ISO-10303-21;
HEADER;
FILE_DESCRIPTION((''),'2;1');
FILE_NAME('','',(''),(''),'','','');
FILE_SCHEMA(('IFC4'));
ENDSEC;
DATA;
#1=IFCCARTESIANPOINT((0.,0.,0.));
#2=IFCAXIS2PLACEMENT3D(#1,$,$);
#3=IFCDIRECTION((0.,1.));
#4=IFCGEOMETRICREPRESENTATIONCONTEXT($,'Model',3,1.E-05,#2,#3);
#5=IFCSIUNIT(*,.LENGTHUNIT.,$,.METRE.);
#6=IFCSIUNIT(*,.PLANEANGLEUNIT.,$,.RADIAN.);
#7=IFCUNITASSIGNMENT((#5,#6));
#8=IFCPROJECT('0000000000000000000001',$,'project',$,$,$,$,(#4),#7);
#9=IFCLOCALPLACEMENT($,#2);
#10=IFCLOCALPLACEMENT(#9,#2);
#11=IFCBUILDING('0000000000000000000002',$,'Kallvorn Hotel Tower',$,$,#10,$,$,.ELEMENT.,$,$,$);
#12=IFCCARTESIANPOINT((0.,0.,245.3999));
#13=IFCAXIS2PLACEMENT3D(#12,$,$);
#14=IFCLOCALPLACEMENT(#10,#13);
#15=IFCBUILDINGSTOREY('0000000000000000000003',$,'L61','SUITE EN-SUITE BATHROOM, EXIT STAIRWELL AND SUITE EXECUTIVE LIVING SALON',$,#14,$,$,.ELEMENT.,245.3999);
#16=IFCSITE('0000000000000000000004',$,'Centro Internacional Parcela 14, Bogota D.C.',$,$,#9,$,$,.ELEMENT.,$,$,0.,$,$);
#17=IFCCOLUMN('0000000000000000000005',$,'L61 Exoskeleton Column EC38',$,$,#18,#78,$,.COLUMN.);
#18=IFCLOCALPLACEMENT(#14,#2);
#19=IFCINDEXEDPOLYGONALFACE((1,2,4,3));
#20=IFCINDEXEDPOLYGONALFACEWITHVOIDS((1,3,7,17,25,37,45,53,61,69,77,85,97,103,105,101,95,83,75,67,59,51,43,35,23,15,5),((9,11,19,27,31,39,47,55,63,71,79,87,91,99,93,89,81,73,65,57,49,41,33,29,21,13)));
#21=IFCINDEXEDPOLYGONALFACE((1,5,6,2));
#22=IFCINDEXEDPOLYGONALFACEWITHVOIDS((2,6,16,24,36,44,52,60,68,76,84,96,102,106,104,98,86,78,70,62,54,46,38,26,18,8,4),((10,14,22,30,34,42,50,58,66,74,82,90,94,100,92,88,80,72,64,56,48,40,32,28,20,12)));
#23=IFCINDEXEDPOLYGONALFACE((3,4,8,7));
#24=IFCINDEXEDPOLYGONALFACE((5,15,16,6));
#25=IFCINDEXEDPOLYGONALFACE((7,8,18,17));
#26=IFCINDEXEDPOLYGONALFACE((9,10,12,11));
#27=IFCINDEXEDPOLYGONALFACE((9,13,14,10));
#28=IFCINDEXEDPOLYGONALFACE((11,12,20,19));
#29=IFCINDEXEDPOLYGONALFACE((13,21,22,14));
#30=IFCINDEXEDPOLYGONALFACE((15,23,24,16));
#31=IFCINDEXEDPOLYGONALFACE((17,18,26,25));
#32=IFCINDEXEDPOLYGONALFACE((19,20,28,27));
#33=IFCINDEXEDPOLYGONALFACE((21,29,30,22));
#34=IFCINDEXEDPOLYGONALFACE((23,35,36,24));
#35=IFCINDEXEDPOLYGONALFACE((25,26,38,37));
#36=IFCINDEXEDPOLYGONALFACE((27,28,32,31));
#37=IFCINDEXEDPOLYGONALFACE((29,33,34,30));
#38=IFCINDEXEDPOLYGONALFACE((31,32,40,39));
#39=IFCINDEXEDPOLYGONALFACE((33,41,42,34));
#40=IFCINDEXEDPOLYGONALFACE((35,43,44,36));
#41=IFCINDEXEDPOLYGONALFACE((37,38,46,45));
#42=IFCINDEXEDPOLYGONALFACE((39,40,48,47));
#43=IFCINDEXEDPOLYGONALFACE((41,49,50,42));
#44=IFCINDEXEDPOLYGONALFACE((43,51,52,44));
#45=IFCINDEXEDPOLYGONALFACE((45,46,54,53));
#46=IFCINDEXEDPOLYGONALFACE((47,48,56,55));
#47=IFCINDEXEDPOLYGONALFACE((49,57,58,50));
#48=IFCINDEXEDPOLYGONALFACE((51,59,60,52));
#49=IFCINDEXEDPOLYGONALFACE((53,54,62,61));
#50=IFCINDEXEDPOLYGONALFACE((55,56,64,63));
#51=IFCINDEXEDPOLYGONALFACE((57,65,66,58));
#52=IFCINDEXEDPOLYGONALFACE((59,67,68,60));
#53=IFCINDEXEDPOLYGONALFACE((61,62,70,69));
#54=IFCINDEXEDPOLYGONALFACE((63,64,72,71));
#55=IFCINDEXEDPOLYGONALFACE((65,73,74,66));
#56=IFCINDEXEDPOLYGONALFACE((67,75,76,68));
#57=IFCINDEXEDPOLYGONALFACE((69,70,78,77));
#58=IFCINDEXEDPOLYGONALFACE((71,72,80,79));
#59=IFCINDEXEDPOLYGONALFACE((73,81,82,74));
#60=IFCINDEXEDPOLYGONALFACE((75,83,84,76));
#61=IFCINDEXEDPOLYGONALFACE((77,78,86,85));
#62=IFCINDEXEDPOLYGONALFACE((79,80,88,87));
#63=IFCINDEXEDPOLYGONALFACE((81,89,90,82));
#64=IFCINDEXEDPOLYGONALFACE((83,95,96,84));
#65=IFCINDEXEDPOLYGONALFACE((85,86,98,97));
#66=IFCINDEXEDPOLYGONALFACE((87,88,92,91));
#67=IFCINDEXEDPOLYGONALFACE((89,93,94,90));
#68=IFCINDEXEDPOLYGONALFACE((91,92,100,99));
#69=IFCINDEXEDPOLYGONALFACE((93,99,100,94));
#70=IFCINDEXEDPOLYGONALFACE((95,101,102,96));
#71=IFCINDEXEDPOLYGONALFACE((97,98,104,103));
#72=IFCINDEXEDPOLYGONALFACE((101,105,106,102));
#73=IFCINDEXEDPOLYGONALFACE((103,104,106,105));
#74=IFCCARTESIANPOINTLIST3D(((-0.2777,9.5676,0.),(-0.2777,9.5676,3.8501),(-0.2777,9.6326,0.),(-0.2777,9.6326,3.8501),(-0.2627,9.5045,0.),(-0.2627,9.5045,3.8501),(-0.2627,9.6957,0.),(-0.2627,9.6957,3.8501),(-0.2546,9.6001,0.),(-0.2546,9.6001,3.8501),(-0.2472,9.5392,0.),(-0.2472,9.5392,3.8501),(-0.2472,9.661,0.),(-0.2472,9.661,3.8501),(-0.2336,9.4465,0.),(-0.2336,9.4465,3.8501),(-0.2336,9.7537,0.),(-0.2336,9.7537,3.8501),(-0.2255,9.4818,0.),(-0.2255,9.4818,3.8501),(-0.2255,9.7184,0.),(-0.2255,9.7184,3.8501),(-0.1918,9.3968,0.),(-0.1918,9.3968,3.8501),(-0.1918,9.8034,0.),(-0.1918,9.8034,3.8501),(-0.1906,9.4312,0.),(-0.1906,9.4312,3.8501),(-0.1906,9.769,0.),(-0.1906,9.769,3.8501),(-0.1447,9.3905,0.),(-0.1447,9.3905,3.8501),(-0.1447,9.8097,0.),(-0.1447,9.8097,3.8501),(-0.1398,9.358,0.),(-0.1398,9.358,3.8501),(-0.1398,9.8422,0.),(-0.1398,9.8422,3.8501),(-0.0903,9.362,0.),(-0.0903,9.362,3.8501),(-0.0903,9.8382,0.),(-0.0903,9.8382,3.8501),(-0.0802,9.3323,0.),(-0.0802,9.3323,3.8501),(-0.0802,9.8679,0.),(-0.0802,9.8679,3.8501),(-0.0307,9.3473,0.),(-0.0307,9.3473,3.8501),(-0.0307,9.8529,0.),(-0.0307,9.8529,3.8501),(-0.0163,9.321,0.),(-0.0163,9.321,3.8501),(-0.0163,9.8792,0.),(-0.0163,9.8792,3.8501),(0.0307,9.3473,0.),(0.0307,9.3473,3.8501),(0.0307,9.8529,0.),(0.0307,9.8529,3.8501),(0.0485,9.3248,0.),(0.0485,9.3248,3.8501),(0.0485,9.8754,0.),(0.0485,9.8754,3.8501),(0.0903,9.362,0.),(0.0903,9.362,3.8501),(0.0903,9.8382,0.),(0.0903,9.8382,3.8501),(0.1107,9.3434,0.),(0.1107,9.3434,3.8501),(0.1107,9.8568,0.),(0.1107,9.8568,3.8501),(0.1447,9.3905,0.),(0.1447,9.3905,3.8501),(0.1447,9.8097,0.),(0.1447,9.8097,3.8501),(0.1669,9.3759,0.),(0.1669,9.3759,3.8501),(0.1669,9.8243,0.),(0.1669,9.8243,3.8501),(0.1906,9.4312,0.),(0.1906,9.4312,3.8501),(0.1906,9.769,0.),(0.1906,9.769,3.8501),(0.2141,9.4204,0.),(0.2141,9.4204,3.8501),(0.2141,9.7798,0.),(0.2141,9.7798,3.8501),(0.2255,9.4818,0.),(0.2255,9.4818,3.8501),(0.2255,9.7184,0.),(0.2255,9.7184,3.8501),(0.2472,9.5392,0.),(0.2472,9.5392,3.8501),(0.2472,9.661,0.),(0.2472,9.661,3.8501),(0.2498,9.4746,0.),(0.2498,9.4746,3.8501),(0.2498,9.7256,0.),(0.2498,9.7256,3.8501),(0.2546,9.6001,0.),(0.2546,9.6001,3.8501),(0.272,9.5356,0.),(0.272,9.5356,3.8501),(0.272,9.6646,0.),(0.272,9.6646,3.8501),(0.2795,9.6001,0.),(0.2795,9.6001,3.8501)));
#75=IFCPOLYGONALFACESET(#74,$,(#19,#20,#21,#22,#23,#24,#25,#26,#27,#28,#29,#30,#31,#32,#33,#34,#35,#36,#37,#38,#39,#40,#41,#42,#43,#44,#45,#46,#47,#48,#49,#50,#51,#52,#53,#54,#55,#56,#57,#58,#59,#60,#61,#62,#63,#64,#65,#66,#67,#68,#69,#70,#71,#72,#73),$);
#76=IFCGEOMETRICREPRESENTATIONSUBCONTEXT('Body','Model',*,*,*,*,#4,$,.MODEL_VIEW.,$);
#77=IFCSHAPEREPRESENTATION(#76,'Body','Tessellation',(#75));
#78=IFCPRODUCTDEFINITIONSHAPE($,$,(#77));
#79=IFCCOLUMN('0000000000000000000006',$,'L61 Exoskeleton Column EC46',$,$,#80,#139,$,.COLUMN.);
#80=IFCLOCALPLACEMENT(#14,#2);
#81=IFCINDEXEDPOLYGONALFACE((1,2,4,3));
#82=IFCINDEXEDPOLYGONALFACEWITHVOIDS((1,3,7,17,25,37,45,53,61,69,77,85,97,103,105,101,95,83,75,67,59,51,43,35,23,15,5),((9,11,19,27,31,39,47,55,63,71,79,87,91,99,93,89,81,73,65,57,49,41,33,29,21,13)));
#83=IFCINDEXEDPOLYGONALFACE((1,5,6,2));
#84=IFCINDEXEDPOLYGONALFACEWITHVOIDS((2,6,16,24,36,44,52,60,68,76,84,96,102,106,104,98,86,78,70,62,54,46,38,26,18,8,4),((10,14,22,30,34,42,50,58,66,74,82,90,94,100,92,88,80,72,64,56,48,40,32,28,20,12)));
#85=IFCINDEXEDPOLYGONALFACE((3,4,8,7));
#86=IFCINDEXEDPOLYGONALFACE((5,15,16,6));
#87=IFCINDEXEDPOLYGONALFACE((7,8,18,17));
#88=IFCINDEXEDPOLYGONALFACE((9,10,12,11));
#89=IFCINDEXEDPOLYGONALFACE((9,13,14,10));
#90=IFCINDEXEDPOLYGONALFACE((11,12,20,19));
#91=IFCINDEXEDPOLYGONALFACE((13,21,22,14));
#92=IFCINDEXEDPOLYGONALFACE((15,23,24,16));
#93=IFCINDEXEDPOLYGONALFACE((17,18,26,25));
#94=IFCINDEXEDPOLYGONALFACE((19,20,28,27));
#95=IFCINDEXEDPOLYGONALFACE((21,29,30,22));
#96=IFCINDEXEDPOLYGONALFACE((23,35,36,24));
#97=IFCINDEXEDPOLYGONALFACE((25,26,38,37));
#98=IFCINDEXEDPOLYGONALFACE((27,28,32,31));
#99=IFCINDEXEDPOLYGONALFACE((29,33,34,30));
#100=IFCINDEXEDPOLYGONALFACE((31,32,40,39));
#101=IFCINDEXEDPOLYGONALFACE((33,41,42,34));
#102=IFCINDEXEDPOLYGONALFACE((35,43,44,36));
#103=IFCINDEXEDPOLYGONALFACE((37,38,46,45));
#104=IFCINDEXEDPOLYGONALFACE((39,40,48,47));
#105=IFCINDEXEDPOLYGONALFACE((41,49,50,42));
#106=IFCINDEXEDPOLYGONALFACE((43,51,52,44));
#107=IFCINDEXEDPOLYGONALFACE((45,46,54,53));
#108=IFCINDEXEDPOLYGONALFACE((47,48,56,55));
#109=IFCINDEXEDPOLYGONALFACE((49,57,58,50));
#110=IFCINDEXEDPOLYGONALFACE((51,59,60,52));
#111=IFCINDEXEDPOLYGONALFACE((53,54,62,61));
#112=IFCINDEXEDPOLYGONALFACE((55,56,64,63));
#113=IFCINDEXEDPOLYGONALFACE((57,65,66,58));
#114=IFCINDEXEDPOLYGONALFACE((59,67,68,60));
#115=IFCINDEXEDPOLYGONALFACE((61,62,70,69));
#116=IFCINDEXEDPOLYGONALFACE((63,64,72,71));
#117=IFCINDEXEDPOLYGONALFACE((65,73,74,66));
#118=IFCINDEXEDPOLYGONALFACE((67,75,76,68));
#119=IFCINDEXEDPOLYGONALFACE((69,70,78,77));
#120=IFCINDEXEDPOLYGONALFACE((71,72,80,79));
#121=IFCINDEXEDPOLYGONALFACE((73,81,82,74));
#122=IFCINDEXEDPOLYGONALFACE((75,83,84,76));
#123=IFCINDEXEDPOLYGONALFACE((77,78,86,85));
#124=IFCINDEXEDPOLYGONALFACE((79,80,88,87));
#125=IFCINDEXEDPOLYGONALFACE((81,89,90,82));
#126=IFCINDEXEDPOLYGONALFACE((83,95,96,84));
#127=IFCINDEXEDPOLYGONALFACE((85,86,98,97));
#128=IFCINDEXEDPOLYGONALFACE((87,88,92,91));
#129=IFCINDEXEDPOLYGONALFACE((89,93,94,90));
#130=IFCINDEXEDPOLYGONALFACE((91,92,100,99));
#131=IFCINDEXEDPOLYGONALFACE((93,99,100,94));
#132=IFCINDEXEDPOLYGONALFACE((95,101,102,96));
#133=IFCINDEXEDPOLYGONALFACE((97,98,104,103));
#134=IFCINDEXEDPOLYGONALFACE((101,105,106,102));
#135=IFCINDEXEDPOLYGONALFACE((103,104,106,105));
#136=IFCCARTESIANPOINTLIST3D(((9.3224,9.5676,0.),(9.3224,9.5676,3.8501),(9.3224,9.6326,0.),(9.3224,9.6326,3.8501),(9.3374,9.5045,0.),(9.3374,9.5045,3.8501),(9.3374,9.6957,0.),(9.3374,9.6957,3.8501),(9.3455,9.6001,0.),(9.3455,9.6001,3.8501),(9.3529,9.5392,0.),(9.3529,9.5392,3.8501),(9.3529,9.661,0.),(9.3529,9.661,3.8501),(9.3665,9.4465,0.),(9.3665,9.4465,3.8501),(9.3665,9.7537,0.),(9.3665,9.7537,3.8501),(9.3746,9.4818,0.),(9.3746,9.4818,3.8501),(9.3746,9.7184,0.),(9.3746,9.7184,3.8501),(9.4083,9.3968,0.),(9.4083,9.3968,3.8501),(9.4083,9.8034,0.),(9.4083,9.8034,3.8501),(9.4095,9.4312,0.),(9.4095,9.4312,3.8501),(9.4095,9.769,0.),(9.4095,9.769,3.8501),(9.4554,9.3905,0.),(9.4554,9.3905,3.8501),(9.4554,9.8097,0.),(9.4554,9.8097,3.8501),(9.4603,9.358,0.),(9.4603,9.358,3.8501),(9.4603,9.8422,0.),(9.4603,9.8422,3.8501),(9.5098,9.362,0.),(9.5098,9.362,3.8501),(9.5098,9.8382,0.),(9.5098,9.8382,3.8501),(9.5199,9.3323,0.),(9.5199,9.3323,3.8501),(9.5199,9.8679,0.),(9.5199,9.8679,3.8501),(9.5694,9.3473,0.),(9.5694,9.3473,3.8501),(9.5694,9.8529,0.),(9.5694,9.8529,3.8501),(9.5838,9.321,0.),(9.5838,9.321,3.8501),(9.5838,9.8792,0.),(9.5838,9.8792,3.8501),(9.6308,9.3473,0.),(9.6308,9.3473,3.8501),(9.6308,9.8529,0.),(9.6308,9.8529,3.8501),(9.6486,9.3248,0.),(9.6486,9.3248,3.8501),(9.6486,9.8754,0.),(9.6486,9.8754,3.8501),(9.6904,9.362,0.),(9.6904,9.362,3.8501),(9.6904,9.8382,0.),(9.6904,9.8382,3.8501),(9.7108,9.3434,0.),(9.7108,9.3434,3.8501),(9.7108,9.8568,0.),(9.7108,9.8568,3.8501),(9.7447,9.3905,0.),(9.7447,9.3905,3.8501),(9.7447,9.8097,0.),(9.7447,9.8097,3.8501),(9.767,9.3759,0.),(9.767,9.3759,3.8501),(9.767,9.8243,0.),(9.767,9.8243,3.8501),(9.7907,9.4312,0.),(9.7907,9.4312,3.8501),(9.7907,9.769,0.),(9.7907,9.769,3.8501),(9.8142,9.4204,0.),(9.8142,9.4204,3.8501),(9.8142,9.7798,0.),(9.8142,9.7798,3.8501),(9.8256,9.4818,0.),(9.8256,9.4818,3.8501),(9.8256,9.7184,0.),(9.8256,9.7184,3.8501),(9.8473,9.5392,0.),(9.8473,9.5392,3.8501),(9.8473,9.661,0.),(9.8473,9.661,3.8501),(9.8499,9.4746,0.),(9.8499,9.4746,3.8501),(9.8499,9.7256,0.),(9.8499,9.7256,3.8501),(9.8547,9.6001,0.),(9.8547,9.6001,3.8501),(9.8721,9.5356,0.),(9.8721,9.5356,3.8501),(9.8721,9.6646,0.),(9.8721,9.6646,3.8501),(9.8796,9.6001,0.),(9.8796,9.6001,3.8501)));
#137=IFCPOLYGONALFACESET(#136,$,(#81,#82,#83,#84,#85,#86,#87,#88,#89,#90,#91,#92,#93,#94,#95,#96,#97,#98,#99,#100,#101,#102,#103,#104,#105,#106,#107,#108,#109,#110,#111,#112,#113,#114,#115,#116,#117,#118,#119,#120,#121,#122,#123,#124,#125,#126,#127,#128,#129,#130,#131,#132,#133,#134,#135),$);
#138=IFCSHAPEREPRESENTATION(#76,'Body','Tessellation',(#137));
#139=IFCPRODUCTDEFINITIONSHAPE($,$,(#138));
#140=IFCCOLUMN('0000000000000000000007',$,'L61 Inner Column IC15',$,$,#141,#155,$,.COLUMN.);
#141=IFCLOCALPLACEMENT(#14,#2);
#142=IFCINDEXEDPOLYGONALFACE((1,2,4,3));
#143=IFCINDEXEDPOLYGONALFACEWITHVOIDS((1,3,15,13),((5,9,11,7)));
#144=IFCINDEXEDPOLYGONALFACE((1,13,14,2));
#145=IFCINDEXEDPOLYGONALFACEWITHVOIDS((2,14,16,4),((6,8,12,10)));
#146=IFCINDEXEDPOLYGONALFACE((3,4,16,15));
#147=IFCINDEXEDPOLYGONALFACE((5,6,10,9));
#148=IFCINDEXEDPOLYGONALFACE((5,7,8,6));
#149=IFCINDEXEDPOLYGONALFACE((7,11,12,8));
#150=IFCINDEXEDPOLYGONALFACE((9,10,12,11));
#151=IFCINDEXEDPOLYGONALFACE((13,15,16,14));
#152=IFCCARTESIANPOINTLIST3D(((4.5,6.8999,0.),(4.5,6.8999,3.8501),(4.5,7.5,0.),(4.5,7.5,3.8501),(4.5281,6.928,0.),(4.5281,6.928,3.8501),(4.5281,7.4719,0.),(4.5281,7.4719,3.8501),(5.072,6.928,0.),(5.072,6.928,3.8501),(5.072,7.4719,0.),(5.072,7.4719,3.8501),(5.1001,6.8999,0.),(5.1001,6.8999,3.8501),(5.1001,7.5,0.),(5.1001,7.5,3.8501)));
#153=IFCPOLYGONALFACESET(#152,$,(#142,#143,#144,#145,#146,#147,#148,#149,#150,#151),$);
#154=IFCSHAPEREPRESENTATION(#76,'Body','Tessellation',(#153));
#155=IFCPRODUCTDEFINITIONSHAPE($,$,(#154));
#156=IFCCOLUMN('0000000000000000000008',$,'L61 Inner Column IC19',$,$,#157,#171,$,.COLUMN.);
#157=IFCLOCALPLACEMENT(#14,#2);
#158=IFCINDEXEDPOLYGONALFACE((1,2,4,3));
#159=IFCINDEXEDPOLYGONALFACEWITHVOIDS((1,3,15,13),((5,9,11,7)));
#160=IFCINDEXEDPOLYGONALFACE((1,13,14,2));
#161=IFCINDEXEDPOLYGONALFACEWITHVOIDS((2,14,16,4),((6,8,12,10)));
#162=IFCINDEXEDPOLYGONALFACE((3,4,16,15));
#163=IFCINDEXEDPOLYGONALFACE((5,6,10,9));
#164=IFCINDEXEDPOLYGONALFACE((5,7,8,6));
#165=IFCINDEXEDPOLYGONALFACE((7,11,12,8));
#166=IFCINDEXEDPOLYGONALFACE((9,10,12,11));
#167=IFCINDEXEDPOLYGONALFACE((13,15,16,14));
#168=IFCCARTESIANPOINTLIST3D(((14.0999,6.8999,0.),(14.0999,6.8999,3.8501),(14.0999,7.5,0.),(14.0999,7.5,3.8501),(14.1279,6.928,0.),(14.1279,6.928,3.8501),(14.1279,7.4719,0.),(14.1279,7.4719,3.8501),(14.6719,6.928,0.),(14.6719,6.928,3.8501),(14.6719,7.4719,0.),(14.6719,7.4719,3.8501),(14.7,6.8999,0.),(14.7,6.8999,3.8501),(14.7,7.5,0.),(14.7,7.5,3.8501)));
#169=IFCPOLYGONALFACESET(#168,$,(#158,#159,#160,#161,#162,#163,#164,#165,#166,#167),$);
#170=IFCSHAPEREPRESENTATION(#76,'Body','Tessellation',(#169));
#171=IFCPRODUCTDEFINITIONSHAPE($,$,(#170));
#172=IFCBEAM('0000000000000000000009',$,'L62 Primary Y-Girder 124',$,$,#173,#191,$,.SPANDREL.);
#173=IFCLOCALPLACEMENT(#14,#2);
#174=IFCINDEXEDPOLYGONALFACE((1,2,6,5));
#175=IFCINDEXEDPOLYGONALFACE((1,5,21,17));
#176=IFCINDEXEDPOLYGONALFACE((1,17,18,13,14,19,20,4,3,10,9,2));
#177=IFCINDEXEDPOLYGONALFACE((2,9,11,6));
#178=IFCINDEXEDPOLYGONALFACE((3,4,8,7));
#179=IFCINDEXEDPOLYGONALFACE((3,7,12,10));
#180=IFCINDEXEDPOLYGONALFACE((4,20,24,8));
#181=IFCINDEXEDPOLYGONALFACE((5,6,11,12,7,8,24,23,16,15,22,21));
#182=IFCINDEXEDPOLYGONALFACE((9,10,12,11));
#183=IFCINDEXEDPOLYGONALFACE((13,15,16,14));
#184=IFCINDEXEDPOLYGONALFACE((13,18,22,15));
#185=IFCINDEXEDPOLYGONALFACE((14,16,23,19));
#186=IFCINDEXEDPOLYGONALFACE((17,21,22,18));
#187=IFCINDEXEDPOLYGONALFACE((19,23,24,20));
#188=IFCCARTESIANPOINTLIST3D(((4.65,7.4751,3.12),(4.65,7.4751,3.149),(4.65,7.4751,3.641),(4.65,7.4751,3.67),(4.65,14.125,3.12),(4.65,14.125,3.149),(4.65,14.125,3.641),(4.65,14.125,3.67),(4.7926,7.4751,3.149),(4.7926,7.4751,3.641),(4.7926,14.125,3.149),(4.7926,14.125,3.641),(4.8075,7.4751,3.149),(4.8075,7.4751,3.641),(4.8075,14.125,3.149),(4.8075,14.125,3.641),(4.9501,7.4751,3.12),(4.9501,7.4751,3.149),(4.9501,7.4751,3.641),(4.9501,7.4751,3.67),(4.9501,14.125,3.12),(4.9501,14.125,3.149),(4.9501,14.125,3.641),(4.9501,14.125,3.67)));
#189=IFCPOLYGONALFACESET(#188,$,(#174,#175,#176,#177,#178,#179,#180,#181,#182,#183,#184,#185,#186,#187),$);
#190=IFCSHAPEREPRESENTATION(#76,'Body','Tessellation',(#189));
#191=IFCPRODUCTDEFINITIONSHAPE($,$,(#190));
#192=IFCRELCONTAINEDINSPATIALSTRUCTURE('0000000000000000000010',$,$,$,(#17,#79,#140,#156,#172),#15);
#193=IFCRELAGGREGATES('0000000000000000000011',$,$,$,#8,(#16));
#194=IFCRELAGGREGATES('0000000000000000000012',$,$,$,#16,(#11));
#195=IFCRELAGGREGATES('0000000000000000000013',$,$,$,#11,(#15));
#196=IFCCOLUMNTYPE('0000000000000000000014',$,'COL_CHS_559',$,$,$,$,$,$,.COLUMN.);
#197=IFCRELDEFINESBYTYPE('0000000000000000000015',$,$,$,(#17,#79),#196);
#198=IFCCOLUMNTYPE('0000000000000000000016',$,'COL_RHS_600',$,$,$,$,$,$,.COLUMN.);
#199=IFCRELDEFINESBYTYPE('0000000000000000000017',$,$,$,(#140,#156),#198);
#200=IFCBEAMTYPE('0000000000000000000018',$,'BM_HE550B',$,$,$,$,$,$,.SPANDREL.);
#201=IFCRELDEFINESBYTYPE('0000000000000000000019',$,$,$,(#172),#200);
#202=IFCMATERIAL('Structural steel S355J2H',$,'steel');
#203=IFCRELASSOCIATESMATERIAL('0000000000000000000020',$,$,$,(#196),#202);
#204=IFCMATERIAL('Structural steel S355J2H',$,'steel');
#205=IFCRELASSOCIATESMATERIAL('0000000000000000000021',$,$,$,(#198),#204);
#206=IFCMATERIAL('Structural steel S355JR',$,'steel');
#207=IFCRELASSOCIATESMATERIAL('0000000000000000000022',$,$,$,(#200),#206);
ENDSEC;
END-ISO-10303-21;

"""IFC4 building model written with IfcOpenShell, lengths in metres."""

from ifc_helpers import new_model, si_unit, direction, frame, origin, origin_2d, place, context, subcontext, project, spatial, hollow_rectangle, hollow_circle, i_section, extrude, material, material_profile, profile_set, type_object, element, save


model = new_model("IFC4")

# Units and contexts
model_context = context("Model", 3, precision=1e-05, world=origin(), true_north=direction((0.0, 1.0)))
body_context = subcontext(model_context, "Body", "Model", "MODEL_VIEW")
ifc_project = project(units=[si_unit("LENGTHUNIT", "METRE"), si_unit("PLANEANGLEUNIT", "RADIAN")], contexts=[model_context])

# Site, building, storey
site_placement = place(None, origin())
site = spatial("IfcSite", under=ifc_project, at=site_placement, Name="Centro Internacional Parcela 14, Bogota D.C.", CompositionType="ELEMENT", RefElevation=0.0)
building_placement = place(site_placement, origin())
building = spatial("IfcBuilding", under=site, at=building_placement, Name="Kallvorn Hotel Tower", CompositionType="ELEMENT")
storey_placement = place(building_placement, frame((0.0, 0.0, 245.3999)))
storey = spatial("IfcBuildingStorey", under=building, at=storey_placement, Name="L61", Description="SUITE EN-SUITE BATHROOM, EXIT STAIRWELL AND SUITE EXECUTIVE LIVING SALON", CompositionType="ELEMENT", Elevation=245.3999)

# Columns
ifc_material_1 = material(Name="Structural steel S355J2H", Category="steel")
ifc_material_profile_1 = material_profile(ifc_material_1, hollow_circle(Radius=0.2795, WallThickness=0.0249, at=origin_2d()), Name="CHS 559x25")
ifc_profile_set_1 = profile_set([ifc_material_profile_1], Name="Structural steel S355J2H")
column_type_1 = type_object("IfcColumnType", Name="COL_CHS_559", PredefinedType="COLUMN", material=ifc_profile_set_1)
for number, where, z_axis, x_axis, name in (
    (1, (0.0, 9.6001, 0.0), (0.0, 0.0, 1.0), (1.0, 0.0, 0.0), "L61 Exoskeleton Column EC38"),
    (2, (9.6001, 9.6001, 0.0), (0.0, 0.0, 1.0), (1.0, 0.0, 0.0), "L61 Exoskeleton Column EC46"),
):
    element("IfcColumn", number, at=place(storey_placement, frame(where, z_axis=z_axis, x_axis=x_axis)), inside=storey, type_object=column_type_1, Name=name, PredefinedType="COLUMN", context=body_context, shape_type="SweptSolid", body=[
        extrude(hollow_circle(Radius=0.2795, WallThickness=0.0249, at=origin_2d()), origin(), (0.0, 0.0, 1.0), 3.8501),
    ])
ifc_material_2 = material(Name="Structural steel S355J2H", Category="steel")
ifc_material_profile_2 = material_profile(ifc_material_2, hollow_rectangle(XDim=0.6001, YDim=0.6001, WallThickness=0.0281, at=origin_2d()), Name="RHS 600x600x28")
ifc_profile_set_2 = profile_set([ifc_material_profile_2], Name="Structural steel S355J2H")
column_type_2 = type_object("IfcColumnType", Name="COL_RHS_600", PredefinedType="COLUMN", material=ifc_profile_set_2)
for number, where, z_axis, x_axis, name in (
    (3, (4.8, 7.2, 0.0), (0.0, 0.0, 1.0), (1.0, 0.0, 0.0), "L61 Inner Column IC15"),
    (4, (14.3999, 7.2, 0.0), (0.0, 0.0, 1.0), (1.0, 0.0, 0.0), "L61 Inner Column IC19"),
):
    element("IfcColumn", number, at=place(storey_placement, frame(where, z_axis=z_axis, x_axis=x_axis)), inside=storey, type_object=column_type_2, Name=name, PredefinedType="COLUMN", context=body_context, shape_type="SweptSolid", body=[
        extrude(hollow_rectangle(XDim=0.6001, YDim=0.6001, WallThickness=0.0281, at=origin_2d()), origin(), (0.0, 0.0, 1.0), 3.8501),
    ])

# Beam
ifc_material_3 = material(Name="Structural steel S355JR", Category="steel")
ifc_material_profile_3 = material_profile(ifc_material_3, i_section(OverallWidth=0.3, OverallDepth=0.55, WebThickness=0.0149, FlangeThickness=0.0291, at=origin_2d()), Name="HE 550 B")
ifc_profile_set_3 = profile_set([ifc_material_profile_3], Name="Structural steel S355JR")
beam_type_1 = type_object("IfcBeamType", Name="BM_HE550B", PredefinedType="SPANDREL", material=ifc_profile_set_3)
for number, where, z_axis, x_axis, name in (
    (5, (4.8, 7.4751, 3.395), (0.0, 1.0, 0.0), (-1.0, 0.0, 0.0), "L62 Primary Y-Girder 124"),
):
    element("IfcBeam", number, at=place(storey_placement, frame(where, z_axis=z_axis, x_axis=x_axis)), inside=storey, type_object=beam_type_1, Name=name, PredefinedType="SPANDREL", context=body_context, shape_type="SweptSolid", body=[
        extrude(i_section(OverallWidth=0.3, OverallDepth=0.55, WebThickness=0.0149, FlangeThickness=0.0291, at=origin_2d()), origin(), (0.0, 0.0, 1.0), 6.6499),
    ])

save(model, "model.ifc")
